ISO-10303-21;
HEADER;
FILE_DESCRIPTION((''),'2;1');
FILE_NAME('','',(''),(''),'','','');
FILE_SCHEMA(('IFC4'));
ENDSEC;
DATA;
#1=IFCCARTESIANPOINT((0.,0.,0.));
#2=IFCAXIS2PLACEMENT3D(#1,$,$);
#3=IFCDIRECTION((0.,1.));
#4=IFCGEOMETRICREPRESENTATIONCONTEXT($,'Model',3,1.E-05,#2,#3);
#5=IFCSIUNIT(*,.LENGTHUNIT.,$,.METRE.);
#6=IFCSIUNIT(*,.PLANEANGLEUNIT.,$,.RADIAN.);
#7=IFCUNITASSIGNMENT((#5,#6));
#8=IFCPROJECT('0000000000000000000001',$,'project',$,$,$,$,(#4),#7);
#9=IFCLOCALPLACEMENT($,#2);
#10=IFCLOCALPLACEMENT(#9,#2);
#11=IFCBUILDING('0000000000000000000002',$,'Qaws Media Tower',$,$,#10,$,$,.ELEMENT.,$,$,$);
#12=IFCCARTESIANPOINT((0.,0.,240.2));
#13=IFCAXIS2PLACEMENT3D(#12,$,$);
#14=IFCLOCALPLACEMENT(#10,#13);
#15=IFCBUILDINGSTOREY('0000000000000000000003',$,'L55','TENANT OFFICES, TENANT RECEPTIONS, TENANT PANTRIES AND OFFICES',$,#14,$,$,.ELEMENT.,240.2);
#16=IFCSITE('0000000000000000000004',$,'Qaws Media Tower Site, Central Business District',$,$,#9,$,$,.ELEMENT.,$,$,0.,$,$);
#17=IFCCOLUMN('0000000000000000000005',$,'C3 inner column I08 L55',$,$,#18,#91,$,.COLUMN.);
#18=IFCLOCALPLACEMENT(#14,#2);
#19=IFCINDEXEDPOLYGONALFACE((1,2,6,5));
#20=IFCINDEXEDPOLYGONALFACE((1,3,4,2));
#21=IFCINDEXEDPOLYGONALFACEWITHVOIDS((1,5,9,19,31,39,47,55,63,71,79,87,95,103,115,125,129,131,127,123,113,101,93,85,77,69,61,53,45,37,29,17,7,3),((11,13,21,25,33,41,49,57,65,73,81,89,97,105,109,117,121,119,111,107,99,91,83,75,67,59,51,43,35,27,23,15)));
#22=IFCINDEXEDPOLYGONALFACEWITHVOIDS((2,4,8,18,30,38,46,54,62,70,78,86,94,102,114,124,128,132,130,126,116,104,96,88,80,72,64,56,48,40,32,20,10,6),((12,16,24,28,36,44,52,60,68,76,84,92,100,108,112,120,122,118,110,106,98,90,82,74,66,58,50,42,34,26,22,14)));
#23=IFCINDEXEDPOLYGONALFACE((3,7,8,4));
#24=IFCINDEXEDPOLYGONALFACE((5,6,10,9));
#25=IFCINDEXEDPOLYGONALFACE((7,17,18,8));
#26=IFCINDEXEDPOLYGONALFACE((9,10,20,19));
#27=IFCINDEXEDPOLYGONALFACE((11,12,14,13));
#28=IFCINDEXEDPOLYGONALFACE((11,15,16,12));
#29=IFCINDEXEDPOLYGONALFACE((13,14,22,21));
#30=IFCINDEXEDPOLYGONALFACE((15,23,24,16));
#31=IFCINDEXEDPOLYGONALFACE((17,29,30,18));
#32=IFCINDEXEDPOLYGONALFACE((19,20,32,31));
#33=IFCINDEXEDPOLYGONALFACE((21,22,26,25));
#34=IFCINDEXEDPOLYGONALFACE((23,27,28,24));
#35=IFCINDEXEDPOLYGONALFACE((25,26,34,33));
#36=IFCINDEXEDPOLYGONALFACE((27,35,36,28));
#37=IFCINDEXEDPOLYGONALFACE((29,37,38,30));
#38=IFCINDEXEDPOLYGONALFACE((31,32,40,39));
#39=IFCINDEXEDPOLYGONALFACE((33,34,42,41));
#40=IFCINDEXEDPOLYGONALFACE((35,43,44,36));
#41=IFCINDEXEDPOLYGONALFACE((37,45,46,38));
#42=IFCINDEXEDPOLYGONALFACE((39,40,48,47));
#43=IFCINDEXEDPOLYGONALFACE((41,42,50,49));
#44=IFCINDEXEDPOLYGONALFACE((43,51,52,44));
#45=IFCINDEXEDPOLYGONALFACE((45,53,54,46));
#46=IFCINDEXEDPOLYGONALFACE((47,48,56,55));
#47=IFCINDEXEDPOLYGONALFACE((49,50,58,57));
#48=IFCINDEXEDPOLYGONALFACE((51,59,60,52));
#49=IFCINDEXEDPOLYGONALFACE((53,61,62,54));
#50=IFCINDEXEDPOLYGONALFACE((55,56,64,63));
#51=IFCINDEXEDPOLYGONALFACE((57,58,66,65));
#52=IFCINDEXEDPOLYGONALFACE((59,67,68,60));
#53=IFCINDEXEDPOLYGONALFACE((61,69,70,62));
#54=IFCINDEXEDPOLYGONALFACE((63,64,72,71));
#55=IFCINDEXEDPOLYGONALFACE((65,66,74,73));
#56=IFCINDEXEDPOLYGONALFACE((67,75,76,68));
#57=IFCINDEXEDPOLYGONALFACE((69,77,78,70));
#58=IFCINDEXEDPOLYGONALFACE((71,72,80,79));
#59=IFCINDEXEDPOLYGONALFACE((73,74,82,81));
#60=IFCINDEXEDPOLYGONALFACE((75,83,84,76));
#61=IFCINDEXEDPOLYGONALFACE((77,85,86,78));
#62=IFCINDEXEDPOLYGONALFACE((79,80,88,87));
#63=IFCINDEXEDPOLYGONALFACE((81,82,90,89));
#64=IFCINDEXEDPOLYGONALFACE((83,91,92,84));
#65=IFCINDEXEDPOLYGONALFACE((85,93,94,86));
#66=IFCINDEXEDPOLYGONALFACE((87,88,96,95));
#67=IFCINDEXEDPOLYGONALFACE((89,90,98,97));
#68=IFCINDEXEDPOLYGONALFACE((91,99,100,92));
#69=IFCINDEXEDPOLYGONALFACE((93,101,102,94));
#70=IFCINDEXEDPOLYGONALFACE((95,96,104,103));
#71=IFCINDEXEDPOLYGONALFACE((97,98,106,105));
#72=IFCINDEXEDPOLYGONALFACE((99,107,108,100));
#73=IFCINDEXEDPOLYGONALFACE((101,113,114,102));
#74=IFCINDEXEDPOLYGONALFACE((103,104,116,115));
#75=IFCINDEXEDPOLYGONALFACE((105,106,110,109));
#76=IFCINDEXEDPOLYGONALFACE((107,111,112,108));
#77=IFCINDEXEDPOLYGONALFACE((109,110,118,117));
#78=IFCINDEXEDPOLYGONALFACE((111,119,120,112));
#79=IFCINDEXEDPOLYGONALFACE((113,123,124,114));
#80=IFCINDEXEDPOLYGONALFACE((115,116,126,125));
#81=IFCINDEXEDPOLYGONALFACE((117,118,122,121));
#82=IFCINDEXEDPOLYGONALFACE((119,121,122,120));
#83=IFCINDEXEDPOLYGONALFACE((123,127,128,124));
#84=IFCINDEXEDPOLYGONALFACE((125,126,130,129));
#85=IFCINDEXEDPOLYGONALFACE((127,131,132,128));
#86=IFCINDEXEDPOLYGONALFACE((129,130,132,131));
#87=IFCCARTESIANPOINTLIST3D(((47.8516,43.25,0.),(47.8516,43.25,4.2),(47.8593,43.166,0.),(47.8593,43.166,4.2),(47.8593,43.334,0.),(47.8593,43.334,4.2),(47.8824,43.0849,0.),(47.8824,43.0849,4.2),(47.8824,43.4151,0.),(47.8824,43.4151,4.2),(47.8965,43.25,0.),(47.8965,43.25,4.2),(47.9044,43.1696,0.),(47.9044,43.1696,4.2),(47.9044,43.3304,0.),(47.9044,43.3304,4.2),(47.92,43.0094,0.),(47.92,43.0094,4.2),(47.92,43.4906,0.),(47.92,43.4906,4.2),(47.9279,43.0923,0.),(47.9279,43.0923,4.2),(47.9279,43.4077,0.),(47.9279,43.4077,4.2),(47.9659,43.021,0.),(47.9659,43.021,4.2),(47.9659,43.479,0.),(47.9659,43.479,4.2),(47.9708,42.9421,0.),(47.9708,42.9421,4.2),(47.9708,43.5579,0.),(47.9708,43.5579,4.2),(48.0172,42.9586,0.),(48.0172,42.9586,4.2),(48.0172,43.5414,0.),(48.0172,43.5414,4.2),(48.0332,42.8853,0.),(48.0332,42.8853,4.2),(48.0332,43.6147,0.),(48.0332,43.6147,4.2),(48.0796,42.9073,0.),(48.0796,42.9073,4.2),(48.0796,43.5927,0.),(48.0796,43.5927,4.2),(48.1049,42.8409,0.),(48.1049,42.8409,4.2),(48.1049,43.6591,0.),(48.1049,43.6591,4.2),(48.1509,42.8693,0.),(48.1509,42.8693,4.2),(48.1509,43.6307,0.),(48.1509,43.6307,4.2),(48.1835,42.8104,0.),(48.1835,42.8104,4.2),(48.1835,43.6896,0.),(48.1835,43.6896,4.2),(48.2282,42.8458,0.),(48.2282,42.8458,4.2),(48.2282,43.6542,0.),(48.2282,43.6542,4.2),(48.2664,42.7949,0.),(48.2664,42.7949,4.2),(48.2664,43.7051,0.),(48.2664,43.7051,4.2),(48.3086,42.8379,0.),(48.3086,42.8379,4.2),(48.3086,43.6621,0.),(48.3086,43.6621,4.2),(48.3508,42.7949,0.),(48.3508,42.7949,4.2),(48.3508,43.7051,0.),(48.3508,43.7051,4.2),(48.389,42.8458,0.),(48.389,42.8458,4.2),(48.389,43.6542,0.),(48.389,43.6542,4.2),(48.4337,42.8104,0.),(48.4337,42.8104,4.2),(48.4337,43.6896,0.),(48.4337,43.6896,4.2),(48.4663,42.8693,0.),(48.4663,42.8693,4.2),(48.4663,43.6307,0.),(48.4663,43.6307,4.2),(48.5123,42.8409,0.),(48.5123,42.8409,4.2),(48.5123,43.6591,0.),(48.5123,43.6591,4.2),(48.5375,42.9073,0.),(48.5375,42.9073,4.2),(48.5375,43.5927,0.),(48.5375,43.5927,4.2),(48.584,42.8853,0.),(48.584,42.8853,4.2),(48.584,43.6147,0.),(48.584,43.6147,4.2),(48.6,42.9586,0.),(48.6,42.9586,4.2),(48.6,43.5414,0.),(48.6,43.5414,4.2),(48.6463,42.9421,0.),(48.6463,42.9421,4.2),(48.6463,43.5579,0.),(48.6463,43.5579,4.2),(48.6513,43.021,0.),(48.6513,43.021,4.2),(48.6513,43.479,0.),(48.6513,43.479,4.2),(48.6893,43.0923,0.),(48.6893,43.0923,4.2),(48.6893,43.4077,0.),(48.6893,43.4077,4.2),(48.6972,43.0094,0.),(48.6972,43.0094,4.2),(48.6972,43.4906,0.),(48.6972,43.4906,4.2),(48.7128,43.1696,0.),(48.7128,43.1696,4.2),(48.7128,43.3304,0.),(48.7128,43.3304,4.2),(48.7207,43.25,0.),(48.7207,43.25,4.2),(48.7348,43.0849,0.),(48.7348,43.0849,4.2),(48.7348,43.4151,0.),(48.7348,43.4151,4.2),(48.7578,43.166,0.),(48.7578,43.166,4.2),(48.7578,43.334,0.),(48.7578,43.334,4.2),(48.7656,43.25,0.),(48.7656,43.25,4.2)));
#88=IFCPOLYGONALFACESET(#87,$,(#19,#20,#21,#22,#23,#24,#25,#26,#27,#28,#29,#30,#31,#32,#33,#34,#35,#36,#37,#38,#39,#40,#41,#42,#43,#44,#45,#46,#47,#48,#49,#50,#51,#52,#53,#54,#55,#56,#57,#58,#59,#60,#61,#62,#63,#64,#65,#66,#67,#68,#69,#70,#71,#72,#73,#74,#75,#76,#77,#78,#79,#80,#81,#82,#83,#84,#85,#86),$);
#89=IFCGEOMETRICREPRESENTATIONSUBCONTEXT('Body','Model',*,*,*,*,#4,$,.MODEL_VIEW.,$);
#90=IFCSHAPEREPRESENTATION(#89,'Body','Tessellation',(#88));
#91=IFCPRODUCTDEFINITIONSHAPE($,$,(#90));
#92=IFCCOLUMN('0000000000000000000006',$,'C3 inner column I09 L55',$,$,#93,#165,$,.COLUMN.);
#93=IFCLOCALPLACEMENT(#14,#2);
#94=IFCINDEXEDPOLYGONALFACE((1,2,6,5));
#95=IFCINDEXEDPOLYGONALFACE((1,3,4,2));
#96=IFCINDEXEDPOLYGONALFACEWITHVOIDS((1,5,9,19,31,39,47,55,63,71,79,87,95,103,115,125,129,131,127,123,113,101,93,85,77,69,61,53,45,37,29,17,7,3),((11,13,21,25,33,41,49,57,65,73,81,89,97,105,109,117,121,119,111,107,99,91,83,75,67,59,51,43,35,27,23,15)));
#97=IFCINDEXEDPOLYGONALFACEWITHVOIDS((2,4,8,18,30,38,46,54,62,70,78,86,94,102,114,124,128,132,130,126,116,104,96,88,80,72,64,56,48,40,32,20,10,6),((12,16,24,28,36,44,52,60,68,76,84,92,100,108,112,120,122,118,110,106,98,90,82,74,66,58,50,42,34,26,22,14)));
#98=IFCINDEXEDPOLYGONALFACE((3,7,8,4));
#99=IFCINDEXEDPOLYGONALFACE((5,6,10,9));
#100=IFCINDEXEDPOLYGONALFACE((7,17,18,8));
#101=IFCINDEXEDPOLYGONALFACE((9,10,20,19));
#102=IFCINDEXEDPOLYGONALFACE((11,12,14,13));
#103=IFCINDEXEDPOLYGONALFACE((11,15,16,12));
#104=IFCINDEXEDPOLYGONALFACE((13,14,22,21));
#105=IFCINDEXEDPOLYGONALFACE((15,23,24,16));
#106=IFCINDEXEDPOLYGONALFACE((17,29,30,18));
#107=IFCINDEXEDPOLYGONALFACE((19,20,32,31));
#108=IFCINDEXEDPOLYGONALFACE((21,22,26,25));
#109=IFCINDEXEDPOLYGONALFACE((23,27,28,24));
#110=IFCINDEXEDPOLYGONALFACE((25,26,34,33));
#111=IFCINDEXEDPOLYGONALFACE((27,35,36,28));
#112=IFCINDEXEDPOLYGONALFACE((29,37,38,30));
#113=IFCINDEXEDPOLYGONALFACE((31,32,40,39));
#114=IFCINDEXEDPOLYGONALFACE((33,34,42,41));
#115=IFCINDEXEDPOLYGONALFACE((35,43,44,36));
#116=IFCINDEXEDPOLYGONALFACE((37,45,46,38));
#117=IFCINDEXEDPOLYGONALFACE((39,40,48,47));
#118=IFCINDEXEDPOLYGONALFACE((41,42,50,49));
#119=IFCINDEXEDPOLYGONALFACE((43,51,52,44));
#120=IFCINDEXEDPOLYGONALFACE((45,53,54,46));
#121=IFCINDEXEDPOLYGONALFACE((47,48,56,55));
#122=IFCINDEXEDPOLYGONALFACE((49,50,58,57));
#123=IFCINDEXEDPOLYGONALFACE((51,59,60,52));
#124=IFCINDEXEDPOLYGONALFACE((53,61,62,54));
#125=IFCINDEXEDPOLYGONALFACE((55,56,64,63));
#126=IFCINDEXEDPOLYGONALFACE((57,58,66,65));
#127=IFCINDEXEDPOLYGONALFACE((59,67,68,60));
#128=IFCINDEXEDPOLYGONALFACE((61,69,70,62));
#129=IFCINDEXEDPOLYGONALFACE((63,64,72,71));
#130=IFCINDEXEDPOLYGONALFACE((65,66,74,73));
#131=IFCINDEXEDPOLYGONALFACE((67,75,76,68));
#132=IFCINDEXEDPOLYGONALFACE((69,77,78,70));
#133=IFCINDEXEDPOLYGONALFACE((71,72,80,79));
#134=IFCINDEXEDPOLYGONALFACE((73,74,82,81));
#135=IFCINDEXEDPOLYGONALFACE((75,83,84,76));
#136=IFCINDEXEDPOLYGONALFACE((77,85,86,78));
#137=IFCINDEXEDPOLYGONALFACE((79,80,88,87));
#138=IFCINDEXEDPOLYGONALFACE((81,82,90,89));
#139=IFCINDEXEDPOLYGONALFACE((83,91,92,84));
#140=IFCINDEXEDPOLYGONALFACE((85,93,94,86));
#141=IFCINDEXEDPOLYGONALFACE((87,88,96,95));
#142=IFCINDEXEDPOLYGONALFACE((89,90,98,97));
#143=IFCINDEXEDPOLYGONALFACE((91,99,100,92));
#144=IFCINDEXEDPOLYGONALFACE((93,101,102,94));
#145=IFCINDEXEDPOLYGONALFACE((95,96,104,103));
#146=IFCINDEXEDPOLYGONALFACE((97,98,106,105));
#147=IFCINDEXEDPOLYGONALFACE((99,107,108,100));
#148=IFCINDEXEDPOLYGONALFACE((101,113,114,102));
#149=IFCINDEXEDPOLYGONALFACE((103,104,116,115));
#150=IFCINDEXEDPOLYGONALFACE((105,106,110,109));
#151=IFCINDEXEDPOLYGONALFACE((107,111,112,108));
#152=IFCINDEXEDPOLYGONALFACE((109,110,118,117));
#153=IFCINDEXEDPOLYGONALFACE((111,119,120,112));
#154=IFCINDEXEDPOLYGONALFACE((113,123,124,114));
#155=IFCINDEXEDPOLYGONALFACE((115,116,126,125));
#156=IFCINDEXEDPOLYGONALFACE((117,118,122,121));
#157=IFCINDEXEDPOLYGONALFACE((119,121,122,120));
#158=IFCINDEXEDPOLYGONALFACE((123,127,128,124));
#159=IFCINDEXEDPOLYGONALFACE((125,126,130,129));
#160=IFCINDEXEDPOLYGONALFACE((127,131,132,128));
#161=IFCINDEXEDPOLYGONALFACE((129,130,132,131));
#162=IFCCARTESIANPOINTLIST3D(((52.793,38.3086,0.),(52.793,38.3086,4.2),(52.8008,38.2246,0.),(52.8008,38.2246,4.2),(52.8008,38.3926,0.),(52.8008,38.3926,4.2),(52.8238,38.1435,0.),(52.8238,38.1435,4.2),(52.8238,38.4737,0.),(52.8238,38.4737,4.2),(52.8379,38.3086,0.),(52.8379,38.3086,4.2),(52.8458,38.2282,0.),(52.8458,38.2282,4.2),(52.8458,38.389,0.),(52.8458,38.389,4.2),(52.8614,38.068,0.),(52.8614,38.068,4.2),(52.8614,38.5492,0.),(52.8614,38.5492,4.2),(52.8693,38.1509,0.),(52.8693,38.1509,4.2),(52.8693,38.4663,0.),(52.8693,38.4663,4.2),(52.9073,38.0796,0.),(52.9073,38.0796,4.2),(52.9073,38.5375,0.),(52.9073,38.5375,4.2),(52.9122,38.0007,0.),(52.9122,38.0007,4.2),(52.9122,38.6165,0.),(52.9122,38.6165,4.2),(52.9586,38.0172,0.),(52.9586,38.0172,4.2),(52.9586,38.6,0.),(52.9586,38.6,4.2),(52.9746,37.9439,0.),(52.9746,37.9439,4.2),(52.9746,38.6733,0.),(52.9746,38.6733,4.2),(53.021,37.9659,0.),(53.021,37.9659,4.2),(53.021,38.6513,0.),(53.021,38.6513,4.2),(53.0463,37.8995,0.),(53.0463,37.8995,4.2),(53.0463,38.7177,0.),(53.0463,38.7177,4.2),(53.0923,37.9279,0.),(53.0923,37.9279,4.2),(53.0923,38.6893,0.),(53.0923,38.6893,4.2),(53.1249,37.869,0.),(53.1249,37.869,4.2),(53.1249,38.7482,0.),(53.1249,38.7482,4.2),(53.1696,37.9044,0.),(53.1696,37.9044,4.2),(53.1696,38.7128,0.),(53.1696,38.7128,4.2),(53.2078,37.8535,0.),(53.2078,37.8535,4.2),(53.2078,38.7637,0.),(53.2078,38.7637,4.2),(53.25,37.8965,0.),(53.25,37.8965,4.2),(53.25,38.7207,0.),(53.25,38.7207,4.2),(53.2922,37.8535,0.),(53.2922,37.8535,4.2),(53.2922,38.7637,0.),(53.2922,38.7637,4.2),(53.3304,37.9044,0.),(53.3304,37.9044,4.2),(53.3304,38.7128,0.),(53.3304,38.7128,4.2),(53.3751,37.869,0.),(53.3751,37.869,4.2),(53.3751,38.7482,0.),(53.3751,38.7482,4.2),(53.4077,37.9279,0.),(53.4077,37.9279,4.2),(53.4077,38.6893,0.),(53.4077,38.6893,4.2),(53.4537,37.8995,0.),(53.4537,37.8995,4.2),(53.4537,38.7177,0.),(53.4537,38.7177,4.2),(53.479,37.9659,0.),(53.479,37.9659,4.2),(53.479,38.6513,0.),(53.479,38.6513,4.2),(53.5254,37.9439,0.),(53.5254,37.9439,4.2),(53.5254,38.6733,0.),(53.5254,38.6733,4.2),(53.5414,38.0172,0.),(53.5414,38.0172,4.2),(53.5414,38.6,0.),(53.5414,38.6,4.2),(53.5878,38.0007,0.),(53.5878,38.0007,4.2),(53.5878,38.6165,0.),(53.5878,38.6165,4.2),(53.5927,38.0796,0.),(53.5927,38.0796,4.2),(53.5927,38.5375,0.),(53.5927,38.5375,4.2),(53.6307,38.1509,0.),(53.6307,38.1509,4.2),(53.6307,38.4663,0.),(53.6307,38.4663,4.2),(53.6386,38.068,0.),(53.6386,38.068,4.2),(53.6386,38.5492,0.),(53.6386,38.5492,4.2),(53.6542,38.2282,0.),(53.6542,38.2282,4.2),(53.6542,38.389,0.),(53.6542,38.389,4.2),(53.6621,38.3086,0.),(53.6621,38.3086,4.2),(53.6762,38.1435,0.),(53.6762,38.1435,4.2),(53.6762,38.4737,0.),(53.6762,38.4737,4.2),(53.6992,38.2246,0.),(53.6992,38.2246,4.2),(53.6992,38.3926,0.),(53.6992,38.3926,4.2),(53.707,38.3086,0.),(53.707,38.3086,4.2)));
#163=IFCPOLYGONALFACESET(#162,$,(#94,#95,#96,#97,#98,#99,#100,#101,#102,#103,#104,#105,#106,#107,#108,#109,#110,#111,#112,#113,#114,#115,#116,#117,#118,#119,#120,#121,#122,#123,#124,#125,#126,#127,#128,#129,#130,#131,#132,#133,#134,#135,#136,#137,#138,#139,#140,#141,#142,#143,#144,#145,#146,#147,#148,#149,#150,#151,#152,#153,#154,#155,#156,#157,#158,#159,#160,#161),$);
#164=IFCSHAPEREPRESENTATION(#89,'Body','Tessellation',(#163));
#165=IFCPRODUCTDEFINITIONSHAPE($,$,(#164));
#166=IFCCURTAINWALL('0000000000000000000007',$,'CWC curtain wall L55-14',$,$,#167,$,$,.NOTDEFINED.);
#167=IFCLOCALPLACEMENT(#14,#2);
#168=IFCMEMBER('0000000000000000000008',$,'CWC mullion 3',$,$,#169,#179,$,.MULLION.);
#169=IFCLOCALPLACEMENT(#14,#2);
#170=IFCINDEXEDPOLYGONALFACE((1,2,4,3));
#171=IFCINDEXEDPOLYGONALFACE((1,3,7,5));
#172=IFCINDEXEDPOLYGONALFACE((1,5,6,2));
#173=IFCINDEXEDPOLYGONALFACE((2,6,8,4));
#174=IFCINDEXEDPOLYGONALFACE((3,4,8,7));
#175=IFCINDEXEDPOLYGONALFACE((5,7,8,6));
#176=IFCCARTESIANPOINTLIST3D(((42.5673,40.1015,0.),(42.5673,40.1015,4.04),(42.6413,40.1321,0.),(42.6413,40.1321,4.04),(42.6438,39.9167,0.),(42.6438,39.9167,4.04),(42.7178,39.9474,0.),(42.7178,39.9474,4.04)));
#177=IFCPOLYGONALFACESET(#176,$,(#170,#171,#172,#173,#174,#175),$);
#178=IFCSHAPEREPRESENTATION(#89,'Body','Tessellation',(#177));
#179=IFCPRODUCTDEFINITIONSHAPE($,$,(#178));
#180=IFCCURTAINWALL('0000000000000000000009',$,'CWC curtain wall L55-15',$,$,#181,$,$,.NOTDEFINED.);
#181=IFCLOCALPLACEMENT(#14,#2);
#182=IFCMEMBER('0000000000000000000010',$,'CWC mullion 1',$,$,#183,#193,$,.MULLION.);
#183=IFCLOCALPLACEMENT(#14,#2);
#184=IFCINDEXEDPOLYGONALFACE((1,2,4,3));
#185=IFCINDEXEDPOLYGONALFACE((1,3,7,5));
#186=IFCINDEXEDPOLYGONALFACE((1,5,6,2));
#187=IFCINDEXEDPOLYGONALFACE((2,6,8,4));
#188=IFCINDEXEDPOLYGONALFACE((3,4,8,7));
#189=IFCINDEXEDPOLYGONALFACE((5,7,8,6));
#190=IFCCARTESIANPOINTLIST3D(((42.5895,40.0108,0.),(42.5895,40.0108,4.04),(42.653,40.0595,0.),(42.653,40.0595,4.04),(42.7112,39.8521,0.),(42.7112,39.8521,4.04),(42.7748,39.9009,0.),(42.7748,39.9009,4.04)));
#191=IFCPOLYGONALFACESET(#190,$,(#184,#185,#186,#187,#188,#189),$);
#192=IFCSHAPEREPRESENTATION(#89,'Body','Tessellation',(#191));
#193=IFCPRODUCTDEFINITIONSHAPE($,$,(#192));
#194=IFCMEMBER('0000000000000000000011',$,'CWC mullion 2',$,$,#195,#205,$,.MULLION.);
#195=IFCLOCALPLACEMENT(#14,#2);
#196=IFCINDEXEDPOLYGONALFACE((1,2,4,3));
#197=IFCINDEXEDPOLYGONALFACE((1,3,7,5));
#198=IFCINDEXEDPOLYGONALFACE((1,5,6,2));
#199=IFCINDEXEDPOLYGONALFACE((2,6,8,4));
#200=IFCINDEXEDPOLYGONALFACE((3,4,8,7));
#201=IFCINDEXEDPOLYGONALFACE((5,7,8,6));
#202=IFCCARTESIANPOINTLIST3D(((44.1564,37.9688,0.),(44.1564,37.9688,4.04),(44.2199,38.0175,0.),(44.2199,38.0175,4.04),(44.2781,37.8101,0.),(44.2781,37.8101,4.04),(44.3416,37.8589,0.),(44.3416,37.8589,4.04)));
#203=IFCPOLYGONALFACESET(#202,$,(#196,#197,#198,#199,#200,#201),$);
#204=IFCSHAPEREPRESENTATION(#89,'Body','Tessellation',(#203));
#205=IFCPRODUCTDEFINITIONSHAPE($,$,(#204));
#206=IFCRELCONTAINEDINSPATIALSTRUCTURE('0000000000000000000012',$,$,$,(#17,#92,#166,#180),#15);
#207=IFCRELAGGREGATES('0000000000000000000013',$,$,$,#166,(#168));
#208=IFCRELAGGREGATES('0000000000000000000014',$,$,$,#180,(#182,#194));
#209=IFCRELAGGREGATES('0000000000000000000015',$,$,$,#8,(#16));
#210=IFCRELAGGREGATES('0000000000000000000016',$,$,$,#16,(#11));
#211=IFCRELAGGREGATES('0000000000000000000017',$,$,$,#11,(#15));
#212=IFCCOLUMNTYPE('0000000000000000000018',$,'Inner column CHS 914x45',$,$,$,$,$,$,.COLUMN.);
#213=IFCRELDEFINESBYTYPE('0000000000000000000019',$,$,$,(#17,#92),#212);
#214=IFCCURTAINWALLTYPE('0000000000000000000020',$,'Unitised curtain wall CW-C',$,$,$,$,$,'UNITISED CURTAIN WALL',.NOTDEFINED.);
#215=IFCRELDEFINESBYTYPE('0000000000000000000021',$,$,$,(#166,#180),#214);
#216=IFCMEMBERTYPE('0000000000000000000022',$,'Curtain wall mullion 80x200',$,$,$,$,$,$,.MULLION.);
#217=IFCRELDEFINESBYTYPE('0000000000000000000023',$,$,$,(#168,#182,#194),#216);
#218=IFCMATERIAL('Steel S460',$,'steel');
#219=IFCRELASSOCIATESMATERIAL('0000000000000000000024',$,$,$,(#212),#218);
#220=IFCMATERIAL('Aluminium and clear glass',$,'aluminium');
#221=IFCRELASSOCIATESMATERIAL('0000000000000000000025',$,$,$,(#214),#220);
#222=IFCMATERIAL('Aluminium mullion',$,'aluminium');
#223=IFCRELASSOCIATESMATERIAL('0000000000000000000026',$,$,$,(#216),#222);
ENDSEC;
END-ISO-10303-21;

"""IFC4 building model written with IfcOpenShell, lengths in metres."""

from ifc_helpers import new_model, si_unit, direction, frame, origin, origin_2d, place, context, subcontext, project, spatial, rectangle, hollow_circle, extrude, material, material_profile, profile_set, type_object, element, aggregate, save


model = new_model("IFC4")

# Units and contexts
model_context = context("Model", 3, precision=1e-05, world=origin(), true_north=direction((0.0, 1.0)))
body_context = subcontext(model_context, "Body", "Model", "MODEL_VIEW")
ifc_project = project(units=[si_unit("LENGTHUNIT", "METRE"), si_unit("PLANEANGLEUNIT", "RADIAN")], contexts=[model_context])

# Site, building, storey
site_placement = place(None, origin())
site = spatial("IfcSite", under=ifc_project, at=site_placement, Name="Qaws Media Tower Site, Central Business District", CompositionType="ELEMENT", RefElevation=0.0)
building_placement = place(site_placement, origin())
building = spatial("IfcBuilding", under=site, at=building_placement, Name="Qaws Media Tower", CompositionType="ELEMENT")
storey_placement = place(building_placement, frame((0.0, 0.0, 240.2)))
storey = spatial("IfcBuildingStorey", under=building, at=storey_placement, Name="L55", Description="TENANT OFFICES, TENANT RECEPTIONS, TENANT PANTRIES AND OFFICES", CompositionType="ELEMENT", Elevation=240.2)

# Columns
ifc_material_1 = material(Name="Steel S460", Category="steel")
ifc_material_profile_1 = material_profile(ifc_material_1, hollow_circle(Radius=0.457, WallThickness=0.0449, at=origin_2d()), Name="CHS 914x45")
ifc_profile_set_1 = profile_set([ifc_material_profile_1], Name="Steel S460")
column_type = type_object("IfcColumnType", Name="Inner column CHS 914x45", PredefinedType="COLUMN", material=ifc_profile_set_1)
for number, where, z_axis, x_axis, name in (
    (1, (48.3086, 43.25, 0.0), (0.0, 0.0, 1.0), (1.0, 0.0, 0.0), "C3 inner column I08 L55"),
    (2, (53.25, 38.3086, 0.0), (0.0, 0.0, 1.0), (1.0, 0.0, 0.0), "C3 inner column I09 L55"),
):
    element("IfcColumn", number, at=place(storey_placement, frame(where, z_axis=z_axis, x_axis=x_axis)), inside=storey, type_object=column_type, Name=name, PredefinedType="COLUMN", context=body_context, shape_type="SweptSolid", body=[
        extrude(hollow_circle(Radius=0.457, WallThickness=0.0449, at=origin_2d()), origin(), (0.0, 0.0, 1.0), 4.2),
    ])

# Curtain wall, member
ifc_material_2 = material(Name="Aluminium and clear glass", Category="aluminium")
curtain_wall_type = type_object("IfcCurtainWallType", Name="Unitised curtain wall CW-C", ElementType="UNITISED CURTAIN WALL", PredefinedType="NOTDEFINED", material=ifc_material_2)
curtain_wall_1_placement = place(storey_placement, origin())
curtain_wall_1 = element("IfcCurtainWall", 3, at=curtain_wall_1_placement, inside=storey, type_object=curtain_wall_type, Name="CWC curtain wall L55-14", PredefinedType="NOTDEFINED")
ifc_material_3 = material(Name="Aluminium mullion", Category="aluminium")
ifc_material_profile_2 = material_profile(ifc_material_3, rectangle(XDim=0.0801, YDim=0.2, at=origin_2d()), Name="80x200")
ifc_profile_set_2 = profile_set([ifc_material_profile_2], Name="Aluminium mullion")
member_type_1 = type_object("IfcMemberType", Name="Curtain wall mullion 80x200", PredefinedType="MULLION", material=ifc_profile_set_2)
member_1_placement = place(storey_placement, frame((42.6426, 40.0244, 0.0), z_axis=(0.0, 0.0, 1.0), x_axis=(0.92388, 0.382683, 0.0)))
member_1 = element("IfcMember", 4, at=member_1_placement, type_object=member_type_1, Name="CWC mullion 3", PredefinedType="MULLION", context=body_context, shape_type="SweptSolid", body=[
    extrude(rectangle(XDim=0.0801, YDim=0.2, at=origin_2d()), origin(), (0.0, 0.0, 1.0), 4.04),
])

# Curtain wall, members
curtain_wall_2_placement = place(storey_placement, origin())
curtain_wall_2 = element("IfcCurtainWall", 5, at=curtain_wall_2_placement, inside=storey, type_object=curtain_wall_type, Name="CWC curtain wall L55-15", PredefinedType="NOTDEFINED")
member_2_placement = place(storey_placement, frame((42.6821, 39.9558, 0.0), z_axis=(0.0, 0.0, 1.0), x_axis=(0.793353, 0.608762, 0.0)))
member_2 = element("IfcMember", 6, at=member_2_placement, type_object=member_type_1, Name="CWC mullion 1", PredefinedType="MULLION", context=body_context, shape_type="SweptSolid", body=[
    extrude(rectangle(XDim=0.0801, YDim=0.2, at=origin_2d()), origin(), (0.0, 0.0, 1.0), 4.04),
])
member_3_placement = place(storey_placement, frame((44.249, 37.9138, 0.0), z_axis=(0.0, 0.0, 1.0), x_axis=(0.793353, 0.608762, 0.0)))
member_3 = element("IfcMember", 7, at=member_3_placement, type_object=member_type_1, Name="CWC mullion 2", PredefinedType="MULLION", context=body_context, shape_type="SweptSolid", body=[
    extrude(rectangle(XDim=0.0801, YDim=0.2, at=origin_2d()), origin(), (0.0, 0.0, 1.0), 4.04),
])

aggregate(curtain_wall_1, [member_1])
aggregate(curtain_wall_2, [member_2, member_3])

save(model, "model.ifc")
